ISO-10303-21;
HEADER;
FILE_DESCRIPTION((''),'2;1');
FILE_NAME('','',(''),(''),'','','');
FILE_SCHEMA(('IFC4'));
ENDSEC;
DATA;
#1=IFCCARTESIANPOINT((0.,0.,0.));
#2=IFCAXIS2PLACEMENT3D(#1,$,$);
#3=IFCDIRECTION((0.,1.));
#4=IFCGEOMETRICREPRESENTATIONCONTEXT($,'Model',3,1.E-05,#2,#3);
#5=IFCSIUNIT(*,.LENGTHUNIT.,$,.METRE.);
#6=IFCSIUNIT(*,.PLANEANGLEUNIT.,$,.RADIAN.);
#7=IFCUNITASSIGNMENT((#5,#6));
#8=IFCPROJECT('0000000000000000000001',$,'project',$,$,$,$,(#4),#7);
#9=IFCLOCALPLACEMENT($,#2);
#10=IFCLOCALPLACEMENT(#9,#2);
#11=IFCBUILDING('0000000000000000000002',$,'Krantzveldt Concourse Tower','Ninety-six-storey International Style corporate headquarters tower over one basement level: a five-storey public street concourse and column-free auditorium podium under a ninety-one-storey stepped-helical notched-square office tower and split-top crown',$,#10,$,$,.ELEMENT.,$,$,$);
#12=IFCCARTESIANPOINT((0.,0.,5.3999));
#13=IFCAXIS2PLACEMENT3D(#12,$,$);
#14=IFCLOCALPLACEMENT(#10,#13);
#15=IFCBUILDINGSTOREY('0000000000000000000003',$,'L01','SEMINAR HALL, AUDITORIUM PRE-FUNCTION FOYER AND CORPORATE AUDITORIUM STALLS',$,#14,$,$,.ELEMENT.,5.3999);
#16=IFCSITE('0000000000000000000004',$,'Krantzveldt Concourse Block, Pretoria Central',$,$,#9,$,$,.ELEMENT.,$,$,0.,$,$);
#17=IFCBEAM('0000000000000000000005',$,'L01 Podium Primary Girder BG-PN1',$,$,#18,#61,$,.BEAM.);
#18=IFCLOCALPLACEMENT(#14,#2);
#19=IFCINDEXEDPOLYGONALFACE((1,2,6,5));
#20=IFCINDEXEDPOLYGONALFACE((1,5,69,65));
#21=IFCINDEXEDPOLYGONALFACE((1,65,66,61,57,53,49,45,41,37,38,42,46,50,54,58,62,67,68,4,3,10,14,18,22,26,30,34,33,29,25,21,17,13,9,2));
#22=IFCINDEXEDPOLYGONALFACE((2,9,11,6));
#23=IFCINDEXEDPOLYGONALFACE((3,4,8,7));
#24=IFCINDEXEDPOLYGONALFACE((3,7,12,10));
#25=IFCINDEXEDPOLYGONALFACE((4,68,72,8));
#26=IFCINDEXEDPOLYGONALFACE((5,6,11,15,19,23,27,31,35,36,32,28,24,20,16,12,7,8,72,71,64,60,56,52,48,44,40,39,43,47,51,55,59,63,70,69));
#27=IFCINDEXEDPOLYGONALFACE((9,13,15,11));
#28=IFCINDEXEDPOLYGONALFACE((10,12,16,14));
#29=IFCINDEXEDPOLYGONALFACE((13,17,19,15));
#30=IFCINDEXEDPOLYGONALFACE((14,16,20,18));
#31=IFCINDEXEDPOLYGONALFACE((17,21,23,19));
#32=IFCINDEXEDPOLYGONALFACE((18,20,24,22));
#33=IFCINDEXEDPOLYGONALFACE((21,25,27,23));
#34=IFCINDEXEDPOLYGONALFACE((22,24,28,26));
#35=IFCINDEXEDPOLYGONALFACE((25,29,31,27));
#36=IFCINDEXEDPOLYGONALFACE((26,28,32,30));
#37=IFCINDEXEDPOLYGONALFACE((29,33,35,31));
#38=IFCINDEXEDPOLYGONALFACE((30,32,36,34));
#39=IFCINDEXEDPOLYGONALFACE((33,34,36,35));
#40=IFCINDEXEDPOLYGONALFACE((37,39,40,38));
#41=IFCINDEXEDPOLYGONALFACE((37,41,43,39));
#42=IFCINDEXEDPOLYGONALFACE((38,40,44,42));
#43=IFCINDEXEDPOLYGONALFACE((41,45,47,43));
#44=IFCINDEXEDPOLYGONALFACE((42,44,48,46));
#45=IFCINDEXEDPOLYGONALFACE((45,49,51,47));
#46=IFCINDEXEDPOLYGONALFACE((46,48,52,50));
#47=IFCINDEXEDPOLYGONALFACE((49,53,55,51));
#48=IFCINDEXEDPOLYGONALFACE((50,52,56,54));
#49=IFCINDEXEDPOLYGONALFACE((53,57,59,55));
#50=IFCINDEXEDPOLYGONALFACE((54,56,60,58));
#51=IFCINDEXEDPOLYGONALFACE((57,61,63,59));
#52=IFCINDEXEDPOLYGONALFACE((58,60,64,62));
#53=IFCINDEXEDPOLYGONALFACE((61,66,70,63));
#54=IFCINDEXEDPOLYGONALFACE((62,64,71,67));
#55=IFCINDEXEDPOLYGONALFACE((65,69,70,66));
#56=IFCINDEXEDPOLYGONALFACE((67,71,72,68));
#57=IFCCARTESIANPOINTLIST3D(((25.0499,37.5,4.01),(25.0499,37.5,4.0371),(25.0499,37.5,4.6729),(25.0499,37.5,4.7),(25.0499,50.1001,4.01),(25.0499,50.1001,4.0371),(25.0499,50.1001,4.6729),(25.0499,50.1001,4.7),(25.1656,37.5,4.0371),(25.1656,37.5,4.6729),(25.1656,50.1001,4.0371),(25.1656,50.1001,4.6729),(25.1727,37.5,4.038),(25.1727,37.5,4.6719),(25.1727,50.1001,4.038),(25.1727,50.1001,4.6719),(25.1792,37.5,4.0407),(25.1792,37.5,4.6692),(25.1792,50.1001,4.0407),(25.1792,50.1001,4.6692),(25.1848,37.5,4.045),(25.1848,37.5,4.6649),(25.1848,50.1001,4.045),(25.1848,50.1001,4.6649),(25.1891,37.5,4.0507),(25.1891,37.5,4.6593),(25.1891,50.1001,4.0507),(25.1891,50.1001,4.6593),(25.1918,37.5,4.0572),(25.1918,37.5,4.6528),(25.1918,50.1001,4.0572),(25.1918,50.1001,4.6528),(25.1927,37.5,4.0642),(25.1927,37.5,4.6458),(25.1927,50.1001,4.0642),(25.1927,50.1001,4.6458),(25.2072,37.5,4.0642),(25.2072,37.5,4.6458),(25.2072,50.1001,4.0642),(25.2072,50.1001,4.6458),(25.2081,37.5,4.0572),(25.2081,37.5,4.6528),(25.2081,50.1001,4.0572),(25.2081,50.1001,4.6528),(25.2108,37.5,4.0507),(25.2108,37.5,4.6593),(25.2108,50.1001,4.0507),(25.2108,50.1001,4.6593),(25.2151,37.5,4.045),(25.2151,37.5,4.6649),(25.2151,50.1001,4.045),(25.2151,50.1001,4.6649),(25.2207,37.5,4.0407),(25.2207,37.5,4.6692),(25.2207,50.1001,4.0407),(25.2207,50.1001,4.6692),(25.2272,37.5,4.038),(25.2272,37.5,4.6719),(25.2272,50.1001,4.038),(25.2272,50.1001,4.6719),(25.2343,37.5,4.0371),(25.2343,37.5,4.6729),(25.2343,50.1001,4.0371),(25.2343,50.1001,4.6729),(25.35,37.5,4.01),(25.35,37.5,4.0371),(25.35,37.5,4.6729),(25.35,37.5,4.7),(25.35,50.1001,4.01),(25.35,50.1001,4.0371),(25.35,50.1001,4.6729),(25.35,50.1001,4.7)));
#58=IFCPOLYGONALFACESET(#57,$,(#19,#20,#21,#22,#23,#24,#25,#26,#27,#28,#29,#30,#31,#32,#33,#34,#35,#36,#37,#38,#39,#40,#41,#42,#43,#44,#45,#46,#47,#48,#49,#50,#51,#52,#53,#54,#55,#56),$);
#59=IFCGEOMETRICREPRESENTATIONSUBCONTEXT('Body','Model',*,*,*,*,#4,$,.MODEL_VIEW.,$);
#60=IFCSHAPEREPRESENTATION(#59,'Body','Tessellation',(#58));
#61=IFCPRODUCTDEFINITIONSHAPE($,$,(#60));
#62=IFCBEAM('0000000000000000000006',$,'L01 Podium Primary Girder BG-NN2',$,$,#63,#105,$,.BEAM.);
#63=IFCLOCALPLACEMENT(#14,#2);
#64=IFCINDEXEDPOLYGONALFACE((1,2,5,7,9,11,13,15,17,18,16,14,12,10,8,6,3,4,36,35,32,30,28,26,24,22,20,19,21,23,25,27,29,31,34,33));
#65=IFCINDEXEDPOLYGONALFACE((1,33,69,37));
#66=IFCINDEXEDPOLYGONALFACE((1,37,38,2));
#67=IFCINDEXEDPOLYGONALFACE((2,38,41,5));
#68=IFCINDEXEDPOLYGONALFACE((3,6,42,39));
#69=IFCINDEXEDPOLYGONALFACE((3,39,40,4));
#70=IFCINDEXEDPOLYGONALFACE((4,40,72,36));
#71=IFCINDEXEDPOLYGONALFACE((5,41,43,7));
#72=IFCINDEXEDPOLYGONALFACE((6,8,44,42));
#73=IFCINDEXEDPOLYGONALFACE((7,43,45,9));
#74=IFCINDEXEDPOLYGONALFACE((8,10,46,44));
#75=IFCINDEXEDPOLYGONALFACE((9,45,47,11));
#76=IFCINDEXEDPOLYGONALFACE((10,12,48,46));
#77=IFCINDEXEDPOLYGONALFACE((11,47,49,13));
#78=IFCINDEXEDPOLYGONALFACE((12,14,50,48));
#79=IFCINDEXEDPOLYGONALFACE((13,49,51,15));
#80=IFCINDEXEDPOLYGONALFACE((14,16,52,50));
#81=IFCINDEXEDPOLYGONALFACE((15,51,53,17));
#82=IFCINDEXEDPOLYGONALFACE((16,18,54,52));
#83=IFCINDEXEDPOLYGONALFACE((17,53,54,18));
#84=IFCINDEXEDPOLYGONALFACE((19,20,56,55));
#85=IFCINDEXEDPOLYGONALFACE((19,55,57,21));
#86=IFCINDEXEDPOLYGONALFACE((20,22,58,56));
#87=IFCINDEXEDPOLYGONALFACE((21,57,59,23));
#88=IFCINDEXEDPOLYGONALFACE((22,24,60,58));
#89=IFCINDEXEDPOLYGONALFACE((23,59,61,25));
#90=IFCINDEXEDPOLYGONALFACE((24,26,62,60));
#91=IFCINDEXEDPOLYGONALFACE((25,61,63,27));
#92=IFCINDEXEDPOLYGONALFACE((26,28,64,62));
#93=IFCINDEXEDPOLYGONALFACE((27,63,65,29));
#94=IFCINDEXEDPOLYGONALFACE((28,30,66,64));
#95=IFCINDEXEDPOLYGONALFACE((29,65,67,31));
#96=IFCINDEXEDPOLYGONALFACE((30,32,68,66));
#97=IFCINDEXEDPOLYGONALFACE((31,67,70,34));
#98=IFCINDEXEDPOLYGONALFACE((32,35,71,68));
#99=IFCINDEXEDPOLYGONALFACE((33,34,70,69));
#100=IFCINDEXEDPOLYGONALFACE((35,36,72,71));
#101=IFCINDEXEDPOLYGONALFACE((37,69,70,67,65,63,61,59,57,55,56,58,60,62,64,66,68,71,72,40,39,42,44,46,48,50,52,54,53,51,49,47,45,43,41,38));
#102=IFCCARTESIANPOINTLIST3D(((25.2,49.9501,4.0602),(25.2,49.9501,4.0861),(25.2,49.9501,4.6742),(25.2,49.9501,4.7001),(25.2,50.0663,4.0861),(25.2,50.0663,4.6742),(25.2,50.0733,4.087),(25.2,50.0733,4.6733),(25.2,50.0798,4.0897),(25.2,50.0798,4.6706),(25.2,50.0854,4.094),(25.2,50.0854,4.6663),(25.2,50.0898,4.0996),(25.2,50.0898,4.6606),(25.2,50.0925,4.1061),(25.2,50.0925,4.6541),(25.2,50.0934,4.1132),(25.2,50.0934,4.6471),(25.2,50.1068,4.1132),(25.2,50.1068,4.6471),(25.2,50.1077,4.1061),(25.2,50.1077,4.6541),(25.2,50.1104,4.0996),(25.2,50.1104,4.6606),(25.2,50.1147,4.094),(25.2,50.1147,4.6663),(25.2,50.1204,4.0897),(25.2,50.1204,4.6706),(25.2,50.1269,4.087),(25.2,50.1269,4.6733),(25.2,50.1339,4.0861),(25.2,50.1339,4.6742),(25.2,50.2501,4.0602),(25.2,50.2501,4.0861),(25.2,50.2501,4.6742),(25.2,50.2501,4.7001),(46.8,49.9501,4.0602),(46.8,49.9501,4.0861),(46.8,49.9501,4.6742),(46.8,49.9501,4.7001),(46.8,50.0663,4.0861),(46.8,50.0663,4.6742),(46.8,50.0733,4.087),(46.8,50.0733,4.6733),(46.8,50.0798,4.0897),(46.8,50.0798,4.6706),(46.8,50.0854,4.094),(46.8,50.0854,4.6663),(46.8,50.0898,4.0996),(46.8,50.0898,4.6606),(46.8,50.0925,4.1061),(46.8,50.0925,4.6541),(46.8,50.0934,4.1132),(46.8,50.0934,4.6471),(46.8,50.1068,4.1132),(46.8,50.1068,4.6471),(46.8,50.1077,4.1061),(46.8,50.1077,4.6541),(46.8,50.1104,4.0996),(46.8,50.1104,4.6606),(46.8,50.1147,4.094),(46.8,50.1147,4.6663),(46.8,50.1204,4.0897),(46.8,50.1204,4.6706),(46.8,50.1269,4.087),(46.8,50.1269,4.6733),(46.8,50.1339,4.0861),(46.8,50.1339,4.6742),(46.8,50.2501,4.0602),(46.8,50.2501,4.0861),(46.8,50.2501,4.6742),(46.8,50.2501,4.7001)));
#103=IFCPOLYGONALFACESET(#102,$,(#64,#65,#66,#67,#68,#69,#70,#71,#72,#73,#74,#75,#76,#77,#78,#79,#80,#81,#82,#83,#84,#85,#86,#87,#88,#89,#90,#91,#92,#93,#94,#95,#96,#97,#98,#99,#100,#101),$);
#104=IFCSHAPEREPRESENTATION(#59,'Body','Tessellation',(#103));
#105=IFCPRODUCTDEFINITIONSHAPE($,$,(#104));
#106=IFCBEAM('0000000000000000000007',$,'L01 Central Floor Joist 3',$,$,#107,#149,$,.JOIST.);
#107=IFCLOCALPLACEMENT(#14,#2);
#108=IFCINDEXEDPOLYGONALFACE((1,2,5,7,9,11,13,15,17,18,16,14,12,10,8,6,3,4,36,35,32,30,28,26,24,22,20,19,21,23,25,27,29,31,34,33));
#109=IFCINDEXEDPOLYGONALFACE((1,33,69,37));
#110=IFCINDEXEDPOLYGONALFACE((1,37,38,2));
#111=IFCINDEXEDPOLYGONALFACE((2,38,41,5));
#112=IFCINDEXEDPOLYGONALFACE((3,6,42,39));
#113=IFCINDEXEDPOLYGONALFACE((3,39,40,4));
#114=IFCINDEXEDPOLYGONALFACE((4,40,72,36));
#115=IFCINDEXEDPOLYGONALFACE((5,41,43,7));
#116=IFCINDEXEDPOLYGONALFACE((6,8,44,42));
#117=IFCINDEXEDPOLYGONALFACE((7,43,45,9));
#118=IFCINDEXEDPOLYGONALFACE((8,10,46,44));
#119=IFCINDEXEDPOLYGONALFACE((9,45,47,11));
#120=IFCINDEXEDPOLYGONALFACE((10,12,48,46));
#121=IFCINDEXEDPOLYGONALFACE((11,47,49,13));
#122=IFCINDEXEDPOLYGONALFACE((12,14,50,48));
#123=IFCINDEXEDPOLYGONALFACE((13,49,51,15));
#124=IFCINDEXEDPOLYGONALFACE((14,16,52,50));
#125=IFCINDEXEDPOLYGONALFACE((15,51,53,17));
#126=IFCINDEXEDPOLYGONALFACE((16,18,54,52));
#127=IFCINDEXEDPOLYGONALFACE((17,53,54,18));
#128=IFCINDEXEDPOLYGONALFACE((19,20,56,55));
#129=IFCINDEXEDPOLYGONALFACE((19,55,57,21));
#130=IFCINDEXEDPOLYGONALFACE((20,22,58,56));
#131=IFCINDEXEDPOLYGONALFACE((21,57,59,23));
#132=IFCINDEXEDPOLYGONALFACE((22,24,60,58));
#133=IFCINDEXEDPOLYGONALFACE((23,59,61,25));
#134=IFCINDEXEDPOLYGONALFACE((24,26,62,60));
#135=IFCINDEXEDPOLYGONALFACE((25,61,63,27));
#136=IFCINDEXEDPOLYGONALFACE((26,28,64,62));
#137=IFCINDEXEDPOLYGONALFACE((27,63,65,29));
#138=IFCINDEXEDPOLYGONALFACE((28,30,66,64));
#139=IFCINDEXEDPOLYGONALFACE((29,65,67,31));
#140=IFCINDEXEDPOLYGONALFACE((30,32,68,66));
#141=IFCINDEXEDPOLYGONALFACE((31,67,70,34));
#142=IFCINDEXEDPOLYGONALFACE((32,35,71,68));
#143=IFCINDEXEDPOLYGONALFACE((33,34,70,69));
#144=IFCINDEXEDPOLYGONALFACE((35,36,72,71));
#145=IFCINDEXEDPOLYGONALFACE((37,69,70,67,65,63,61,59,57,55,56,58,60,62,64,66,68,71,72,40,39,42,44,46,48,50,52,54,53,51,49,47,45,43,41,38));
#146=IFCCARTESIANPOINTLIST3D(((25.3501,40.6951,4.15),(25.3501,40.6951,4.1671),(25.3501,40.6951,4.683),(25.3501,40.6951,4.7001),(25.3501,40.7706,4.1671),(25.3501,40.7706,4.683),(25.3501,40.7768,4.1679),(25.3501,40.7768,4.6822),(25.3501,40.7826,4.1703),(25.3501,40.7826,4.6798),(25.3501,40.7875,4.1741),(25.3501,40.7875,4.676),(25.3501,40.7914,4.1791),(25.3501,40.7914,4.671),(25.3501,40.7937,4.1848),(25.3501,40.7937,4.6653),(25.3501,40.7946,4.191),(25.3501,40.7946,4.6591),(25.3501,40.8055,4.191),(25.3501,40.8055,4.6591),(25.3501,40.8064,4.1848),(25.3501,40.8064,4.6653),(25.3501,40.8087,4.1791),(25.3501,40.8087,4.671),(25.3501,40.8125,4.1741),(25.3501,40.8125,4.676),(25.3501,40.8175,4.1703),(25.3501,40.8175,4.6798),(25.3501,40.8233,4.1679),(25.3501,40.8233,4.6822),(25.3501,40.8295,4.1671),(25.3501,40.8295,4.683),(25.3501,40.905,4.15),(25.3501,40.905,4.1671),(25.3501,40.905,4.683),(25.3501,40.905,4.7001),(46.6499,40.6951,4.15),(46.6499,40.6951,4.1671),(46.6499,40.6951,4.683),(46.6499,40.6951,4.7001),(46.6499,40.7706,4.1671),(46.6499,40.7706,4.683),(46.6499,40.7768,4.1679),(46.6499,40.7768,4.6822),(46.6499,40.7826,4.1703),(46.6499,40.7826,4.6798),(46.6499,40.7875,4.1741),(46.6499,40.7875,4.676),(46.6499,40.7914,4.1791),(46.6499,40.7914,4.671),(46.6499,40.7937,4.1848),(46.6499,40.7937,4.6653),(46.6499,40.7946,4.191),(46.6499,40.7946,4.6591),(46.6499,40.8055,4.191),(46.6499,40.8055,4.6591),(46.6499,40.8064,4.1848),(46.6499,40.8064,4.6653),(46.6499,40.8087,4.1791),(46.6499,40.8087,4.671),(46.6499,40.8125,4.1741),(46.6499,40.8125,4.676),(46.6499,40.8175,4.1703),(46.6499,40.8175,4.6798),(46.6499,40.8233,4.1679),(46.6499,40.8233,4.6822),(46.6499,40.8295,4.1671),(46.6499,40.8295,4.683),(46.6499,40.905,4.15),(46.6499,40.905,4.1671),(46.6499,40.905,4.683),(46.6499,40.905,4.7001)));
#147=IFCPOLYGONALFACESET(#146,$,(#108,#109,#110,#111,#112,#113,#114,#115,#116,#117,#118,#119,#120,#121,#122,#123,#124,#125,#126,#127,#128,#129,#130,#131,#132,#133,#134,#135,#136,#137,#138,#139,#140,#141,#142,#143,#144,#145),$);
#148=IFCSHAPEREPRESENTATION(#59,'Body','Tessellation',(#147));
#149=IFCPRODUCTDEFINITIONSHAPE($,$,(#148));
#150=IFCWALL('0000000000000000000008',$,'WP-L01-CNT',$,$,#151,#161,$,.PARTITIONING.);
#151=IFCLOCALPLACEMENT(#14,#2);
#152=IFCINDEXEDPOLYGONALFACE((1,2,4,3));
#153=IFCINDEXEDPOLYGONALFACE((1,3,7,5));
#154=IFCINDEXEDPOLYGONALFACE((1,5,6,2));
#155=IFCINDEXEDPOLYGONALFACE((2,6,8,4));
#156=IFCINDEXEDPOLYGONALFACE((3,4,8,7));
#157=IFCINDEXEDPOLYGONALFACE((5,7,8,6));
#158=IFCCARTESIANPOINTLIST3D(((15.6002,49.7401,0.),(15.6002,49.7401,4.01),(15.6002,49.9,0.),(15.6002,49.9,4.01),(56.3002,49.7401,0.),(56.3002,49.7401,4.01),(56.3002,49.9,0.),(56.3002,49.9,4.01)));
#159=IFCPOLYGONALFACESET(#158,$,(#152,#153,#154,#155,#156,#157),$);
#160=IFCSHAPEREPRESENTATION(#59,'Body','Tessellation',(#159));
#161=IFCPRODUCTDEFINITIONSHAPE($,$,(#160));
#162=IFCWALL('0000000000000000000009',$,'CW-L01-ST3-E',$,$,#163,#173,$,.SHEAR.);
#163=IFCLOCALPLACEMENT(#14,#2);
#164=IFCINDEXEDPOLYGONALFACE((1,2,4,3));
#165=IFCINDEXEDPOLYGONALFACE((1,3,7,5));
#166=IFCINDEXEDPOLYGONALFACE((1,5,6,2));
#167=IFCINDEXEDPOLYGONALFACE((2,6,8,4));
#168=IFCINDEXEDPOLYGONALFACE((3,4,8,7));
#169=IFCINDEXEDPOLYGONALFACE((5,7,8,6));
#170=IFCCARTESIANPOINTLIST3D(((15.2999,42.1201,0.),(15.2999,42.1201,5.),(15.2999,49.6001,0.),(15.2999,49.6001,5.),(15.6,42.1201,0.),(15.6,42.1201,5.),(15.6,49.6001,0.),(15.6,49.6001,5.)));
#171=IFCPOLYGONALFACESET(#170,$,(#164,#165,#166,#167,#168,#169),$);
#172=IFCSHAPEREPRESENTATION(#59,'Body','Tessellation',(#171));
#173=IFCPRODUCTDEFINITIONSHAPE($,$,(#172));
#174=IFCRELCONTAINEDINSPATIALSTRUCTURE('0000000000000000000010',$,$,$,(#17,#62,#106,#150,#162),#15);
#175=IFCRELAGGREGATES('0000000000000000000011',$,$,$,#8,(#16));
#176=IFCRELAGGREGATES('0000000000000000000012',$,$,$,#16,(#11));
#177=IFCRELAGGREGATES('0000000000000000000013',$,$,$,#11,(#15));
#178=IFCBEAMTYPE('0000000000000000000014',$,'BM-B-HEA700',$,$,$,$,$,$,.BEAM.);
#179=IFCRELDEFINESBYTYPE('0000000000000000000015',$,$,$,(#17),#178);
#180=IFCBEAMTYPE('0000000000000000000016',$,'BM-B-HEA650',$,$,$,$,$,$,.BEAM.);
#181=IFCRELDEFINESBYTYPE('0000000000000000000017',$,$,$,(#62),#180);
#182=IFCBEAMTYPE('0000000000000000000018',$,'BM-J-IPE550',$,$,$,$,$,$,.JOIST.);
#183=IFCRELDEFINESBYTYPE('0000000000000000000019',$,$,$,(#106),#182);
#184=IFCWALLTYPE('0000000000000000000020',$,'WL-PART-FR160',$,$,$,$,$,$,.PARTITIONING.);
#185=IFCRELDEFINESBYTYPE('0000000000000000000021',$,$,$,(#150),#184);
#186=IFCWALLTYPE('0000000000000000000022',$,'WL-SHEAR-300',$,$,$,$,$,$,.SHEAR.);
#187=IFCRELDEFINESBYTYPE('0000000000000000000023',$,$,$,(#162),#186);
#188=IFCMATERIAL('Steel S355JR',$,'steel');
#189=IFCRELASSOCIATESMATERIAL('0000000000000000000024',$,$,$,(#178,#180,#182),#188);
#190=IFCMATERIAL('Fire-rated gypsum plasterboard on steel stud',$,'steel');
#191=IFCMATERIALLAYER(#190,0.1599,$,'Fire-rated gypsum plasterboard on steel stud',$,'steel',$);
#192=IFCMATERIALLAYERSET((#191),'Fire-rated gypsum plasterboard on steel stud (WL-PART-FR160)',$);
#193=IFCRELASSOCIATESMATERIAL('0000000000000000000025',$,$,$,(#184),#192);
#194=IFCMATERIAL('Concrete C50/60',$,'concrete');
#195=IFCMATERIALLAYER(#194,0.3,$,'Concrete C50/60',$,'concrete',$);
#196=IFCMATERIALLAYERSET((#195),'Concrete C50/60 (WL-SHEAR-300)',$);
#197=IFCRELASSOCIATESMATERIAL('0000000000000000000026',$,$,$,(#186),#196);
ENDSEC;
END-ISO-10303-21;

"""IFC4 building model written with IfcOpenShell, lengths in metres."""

from ifc_helpers import new_model, si_unit, direction, frame, frame_2d, origin, origin_2d, place, context, subcontext, project, spatial, rectangle, i_section, extrude, source, transform, mapped, material, layer, layer_set, material_profile, profile_set, type_object, type_shapes, element, save


model = new_model("IFC4")

# Units and contexts
model_context = context("Model", 3, precision=1e-05, world=origin(), true_north=direction((0.0, 1.0)))
body_context = subcontext(model_context, "Body", "Model", "MODEL_VIEW")
ifc_project = project(units=[si_unit("LENGTHUNIT", "METRE"), si_unit("PLANEANGLEUNIT", "RADIAN")], contexts=[model_context])

# Site, building, storey
site_placement = place(None, origin())
site = spatial("IfcSite", under=ifc_project, at=site_placement, Name="Krantzveldt Concourse Block, Pretoria Central", CompositionType="ELEMENT", RefElevation=0.0)
building_placement = place(site_placement, origin())
building = spatial("IfcBuilding", under=site, at=building_placement, Name="Krantzveldt Concourse Tower", Description="Ninety-six-storey International Style corporate headquarters tower over one basement level: a five-storey public street concourse and column-free auditorium podium under a ninety-one-storey stepped-helical notched-square office tower and split-top crown", CompositionType="ELEMENT")
storey_placement = place(building_placement, frame((0.0, 0.0, 5.3999)))
storey = spatial("IfcBuildingStorey", under=building, at=storey_placement, Name="L01", Description="SEMINAR HALL, AUDITORIUM PRE-FUNCTION FOYER AND CORPORATE AUDITORIUM STALLS", CompositionType="ELEMENT", Elevation=5.3999)

# Shared definitions
ifc_material_1 = material(Name="Concrete C50/60", Category="concrete")

# Beams
ifc_material_2 = material(Name="Steel S355JR", Category="steel")
ifc_material_profile_1 = material_profile(ifc_material_2, i_section(OverallWidth=0.3, OverallDepth=0.6899, WebThickness=0.0144, FlangeThickness=0.0271, FilletRadius=0.0271, at=origin_2d()), Name="Steel S355JR", Category="steel")
ifc_profile_set_1 = profile_set([ifc_material_profile_1], Name="Steel S355JR - HEA 700")
beam_type_1 = type_object("IfcBeamType", Name="BM-B-HEA700", PredefinedType="BEAM", material=ifc_profile_set_1)
shared_shape_1 = source(origin(), body_context, "Body", "SweptSolid", [
    extrude(i_section(OverallWidth=0.3, OverallDepth=0.6899, WebThickness=0.0144, FlangeThickness=0.0271, FilletRadius=0.0271, at=origin_2d()), origin(), (0.0, 0.0, 1.0), 12.6001),
])
type_shapes(beam_type_1, [shared_shape_1])
beam_1_placement = place(storey_placement, frame((25.2, 37.5, 4.355), z_axis=(0.0, 1.0, 0.0), x_axis=(-1.0, 0.0, 0.0)))
element("IfcBeam", 1, at=beam_1_placement, inside=storey, type_object=beam_type_1, Name="L01 Podium Primary Girder BG-PN1", PredefinedType="BEAM", context=body_context, shape_type="MappedRepresentation", body=[
    mapped(shared_shape_1, transform((0.0, 0.0, 0.0), x_axis=(1.0, 0.0, 0.0), y_axis=(0.0, 1.0, 0.0), z_axis=(0.0, 0.0, 1.0), scale=1.0)),
])
ifc_material_profile_2 = material_profile(ifc_material_2, i_section(OverallWidth=0.3, OverallDepth=0.6399, WebThickness=0.0134, FlangeThickness=0.0259, FilletRadius=0.0271, at=origin_2d()), Name="Steel S355JR", Category="steel")
ifc_profile_set_2 = profile_set([ifc_material_profile_2], Name="Steel S355JR - HEA 650")
beam_type_2 = type_object("IfcBeamType", Name="BM-B-HEA650", PredefinedType="BEAM", material=ifc_profile_set_2)
shared_shape_2 = source(origin(), body_context, "Body", "SweptSolid", [
    extrude(i_section(OverallWidth=0.3, OverallDepth=0.6399, WebThickness=0.0134, FlangeThickness=0.0259, FilletRadius=0.0271, at=origin_2d()), origin(), (0.0, 0.0, 1.0), 21.6001),
])
type_shapes(beam_type_2, [shared_shape_2])
beam_2_placement = place(storey_placement, frame((25.2, 50.1001, 4.3801), z_axis=(1.0, 0.0, 0.0), x_axis=(0.0, 1.0, 0.0)))
element("IfcBeam", 2, at=beam_2_placement, inside=storey, type_object=beam_type_2, Name="L01 Podium Primary Girder BG-NN2", PredefinedType="BEAM", context=body_context, shape_type="MappedRepresentation", body=[
    mapped(shared_shape_2, transform((0.0, 0.0, 0.0), x_axis=(1.0, 0.0, 0.0), y_axis=(0.0, 1.0, 0.0), z_axis=(0.0, 0.0, 1.0), scale=1.0)),
])
ifc_material_profile_3 = material_profile(ifc_material_2, i_section(OverallWidth=0.21, OverallDepth=0.55, WebThickness=0.011, FlangeThickness=0.0171, FilletRadius=0.0239, at=origin_2d()), Name="Steel S355JR", Category="steel")
ifc_profile_set_3 = profile_set([ifc_material_profile_3], Name="Steel S355JR - IPE 550")
beam_type_3 = type_object("IfcBeamType", Name="BM-J-IPE550", PredefinedType="JOIST", material=ifc_profile_set_3)
shared_shape_3 = source(origin(), body_context, "Body", "SweptSolid", [
    extrude(i_section(OverallWidth=0.21, OverallDepth=0.55, WebThickness=0.011, FlangeThickness=0.0171, FilletRadius=0.0239, at=origin_2d()), origin(), (0.0, 0.0, 1.0), 21.2998),
])
type_shapes(beam_type_3, [shared_shape_3])
beam_3_placement = place(storey_placement, frame((25.3501, 40.8, 4.425), z_axis=(1.0, 0.0, 0.0), x_axis=(0.0, 1.0, 0.0)))
element("IfcBeam", 3, at=beam_3_placement, inside=storey, type_object=beam_type_3, Name="L01 Central Floor Joist 3", PredefinedType="JOIST", context=body_context, shape_type="MappedRepresentation", body=[
    mapped(shared_shape_3, transform((0.0, 0.0, 0.0), x_axis=(1.0, 0.0, 0.0), y_axis=(0.0, 1.0, 0.0), z_axis=(0.0, 0.0, 1.0), scale=1.0)),
])

# Wall
ifc_material_3 = material(Name="Fire-rated gypsum plasterboard on steel stud", Category="steel")
ifc_layer_1 = layer(ifc_material_3, 0.1599, Name="Fire-rated gypsum plasterboard on steel stud", Category="steel")
ifc_layer_set_1 = layer_set([ifc_layer_1], Name="Fire-rated gypsum plasterboard on steel stud (WL-PART-FR160)")
wall_type_1 = type_object("IfcWallType", Name="WL-PART-FR160", PredefinedType="PARTITIONING", material=ifc_layer_set_1)
wall_1_placement = place(storey_placement, frame((15.6001, 49.8201, 0.0), z_axis=(0.0, 0.0, 1.0), x_axis=(1.0, 0.0, 0.0)))
element("IfcWall", 4, at=wall_1_placement, inside=storey, type_object=wall_type_1, Name="WP-L01-CNT", PredefinedType="PARTITIONING", context=body_context, shape_type="SweptSolid", body=[
    extrude(rectangle(XDim=40.7, YDim=0.1599, at=frame_2d((20.3501, 0.0))), origin(), (0.0, 0.0, 1.0), 4.01),
])

# Shared definitions
ifc_layer_2 = layer(ifc_material_1, 0.3, Name="Concrete C50/60", Category="concrete")
ifc_layer_set_2 = layer_set([ifc_layer_2], Name="Concrete C50/60 (WL-SHEAR-300)")
wall_type_2 = type_object("IfcWallType", Name="WL-SHEAR-300", PredefinedType="SHEAR", material=ifc_layer_set_2)

# Wall
wall_2_placement = place(storey_placement, frame((15.45, 42.1201, 0.0), z_axis=(0.0, 0.0, 1.0), x_axis=(0.0, 1.0, 0.0)))
element("IfcWall", 5, at=wall_2_placement, inside=storey, type_object=wall_type_2, Name="CW-L01-ST3-E", PredefinedType="SHEAR", context=body_context, shape_type="SweptSolid", body=[
    extrude(rectangle(XDim=7.48, YDim=0.3, at=frame_2d((3.74, 0.0))), origin(), (0.0, 0.0, 1.0), 5.0),
])

save(model, "model.ifc")
